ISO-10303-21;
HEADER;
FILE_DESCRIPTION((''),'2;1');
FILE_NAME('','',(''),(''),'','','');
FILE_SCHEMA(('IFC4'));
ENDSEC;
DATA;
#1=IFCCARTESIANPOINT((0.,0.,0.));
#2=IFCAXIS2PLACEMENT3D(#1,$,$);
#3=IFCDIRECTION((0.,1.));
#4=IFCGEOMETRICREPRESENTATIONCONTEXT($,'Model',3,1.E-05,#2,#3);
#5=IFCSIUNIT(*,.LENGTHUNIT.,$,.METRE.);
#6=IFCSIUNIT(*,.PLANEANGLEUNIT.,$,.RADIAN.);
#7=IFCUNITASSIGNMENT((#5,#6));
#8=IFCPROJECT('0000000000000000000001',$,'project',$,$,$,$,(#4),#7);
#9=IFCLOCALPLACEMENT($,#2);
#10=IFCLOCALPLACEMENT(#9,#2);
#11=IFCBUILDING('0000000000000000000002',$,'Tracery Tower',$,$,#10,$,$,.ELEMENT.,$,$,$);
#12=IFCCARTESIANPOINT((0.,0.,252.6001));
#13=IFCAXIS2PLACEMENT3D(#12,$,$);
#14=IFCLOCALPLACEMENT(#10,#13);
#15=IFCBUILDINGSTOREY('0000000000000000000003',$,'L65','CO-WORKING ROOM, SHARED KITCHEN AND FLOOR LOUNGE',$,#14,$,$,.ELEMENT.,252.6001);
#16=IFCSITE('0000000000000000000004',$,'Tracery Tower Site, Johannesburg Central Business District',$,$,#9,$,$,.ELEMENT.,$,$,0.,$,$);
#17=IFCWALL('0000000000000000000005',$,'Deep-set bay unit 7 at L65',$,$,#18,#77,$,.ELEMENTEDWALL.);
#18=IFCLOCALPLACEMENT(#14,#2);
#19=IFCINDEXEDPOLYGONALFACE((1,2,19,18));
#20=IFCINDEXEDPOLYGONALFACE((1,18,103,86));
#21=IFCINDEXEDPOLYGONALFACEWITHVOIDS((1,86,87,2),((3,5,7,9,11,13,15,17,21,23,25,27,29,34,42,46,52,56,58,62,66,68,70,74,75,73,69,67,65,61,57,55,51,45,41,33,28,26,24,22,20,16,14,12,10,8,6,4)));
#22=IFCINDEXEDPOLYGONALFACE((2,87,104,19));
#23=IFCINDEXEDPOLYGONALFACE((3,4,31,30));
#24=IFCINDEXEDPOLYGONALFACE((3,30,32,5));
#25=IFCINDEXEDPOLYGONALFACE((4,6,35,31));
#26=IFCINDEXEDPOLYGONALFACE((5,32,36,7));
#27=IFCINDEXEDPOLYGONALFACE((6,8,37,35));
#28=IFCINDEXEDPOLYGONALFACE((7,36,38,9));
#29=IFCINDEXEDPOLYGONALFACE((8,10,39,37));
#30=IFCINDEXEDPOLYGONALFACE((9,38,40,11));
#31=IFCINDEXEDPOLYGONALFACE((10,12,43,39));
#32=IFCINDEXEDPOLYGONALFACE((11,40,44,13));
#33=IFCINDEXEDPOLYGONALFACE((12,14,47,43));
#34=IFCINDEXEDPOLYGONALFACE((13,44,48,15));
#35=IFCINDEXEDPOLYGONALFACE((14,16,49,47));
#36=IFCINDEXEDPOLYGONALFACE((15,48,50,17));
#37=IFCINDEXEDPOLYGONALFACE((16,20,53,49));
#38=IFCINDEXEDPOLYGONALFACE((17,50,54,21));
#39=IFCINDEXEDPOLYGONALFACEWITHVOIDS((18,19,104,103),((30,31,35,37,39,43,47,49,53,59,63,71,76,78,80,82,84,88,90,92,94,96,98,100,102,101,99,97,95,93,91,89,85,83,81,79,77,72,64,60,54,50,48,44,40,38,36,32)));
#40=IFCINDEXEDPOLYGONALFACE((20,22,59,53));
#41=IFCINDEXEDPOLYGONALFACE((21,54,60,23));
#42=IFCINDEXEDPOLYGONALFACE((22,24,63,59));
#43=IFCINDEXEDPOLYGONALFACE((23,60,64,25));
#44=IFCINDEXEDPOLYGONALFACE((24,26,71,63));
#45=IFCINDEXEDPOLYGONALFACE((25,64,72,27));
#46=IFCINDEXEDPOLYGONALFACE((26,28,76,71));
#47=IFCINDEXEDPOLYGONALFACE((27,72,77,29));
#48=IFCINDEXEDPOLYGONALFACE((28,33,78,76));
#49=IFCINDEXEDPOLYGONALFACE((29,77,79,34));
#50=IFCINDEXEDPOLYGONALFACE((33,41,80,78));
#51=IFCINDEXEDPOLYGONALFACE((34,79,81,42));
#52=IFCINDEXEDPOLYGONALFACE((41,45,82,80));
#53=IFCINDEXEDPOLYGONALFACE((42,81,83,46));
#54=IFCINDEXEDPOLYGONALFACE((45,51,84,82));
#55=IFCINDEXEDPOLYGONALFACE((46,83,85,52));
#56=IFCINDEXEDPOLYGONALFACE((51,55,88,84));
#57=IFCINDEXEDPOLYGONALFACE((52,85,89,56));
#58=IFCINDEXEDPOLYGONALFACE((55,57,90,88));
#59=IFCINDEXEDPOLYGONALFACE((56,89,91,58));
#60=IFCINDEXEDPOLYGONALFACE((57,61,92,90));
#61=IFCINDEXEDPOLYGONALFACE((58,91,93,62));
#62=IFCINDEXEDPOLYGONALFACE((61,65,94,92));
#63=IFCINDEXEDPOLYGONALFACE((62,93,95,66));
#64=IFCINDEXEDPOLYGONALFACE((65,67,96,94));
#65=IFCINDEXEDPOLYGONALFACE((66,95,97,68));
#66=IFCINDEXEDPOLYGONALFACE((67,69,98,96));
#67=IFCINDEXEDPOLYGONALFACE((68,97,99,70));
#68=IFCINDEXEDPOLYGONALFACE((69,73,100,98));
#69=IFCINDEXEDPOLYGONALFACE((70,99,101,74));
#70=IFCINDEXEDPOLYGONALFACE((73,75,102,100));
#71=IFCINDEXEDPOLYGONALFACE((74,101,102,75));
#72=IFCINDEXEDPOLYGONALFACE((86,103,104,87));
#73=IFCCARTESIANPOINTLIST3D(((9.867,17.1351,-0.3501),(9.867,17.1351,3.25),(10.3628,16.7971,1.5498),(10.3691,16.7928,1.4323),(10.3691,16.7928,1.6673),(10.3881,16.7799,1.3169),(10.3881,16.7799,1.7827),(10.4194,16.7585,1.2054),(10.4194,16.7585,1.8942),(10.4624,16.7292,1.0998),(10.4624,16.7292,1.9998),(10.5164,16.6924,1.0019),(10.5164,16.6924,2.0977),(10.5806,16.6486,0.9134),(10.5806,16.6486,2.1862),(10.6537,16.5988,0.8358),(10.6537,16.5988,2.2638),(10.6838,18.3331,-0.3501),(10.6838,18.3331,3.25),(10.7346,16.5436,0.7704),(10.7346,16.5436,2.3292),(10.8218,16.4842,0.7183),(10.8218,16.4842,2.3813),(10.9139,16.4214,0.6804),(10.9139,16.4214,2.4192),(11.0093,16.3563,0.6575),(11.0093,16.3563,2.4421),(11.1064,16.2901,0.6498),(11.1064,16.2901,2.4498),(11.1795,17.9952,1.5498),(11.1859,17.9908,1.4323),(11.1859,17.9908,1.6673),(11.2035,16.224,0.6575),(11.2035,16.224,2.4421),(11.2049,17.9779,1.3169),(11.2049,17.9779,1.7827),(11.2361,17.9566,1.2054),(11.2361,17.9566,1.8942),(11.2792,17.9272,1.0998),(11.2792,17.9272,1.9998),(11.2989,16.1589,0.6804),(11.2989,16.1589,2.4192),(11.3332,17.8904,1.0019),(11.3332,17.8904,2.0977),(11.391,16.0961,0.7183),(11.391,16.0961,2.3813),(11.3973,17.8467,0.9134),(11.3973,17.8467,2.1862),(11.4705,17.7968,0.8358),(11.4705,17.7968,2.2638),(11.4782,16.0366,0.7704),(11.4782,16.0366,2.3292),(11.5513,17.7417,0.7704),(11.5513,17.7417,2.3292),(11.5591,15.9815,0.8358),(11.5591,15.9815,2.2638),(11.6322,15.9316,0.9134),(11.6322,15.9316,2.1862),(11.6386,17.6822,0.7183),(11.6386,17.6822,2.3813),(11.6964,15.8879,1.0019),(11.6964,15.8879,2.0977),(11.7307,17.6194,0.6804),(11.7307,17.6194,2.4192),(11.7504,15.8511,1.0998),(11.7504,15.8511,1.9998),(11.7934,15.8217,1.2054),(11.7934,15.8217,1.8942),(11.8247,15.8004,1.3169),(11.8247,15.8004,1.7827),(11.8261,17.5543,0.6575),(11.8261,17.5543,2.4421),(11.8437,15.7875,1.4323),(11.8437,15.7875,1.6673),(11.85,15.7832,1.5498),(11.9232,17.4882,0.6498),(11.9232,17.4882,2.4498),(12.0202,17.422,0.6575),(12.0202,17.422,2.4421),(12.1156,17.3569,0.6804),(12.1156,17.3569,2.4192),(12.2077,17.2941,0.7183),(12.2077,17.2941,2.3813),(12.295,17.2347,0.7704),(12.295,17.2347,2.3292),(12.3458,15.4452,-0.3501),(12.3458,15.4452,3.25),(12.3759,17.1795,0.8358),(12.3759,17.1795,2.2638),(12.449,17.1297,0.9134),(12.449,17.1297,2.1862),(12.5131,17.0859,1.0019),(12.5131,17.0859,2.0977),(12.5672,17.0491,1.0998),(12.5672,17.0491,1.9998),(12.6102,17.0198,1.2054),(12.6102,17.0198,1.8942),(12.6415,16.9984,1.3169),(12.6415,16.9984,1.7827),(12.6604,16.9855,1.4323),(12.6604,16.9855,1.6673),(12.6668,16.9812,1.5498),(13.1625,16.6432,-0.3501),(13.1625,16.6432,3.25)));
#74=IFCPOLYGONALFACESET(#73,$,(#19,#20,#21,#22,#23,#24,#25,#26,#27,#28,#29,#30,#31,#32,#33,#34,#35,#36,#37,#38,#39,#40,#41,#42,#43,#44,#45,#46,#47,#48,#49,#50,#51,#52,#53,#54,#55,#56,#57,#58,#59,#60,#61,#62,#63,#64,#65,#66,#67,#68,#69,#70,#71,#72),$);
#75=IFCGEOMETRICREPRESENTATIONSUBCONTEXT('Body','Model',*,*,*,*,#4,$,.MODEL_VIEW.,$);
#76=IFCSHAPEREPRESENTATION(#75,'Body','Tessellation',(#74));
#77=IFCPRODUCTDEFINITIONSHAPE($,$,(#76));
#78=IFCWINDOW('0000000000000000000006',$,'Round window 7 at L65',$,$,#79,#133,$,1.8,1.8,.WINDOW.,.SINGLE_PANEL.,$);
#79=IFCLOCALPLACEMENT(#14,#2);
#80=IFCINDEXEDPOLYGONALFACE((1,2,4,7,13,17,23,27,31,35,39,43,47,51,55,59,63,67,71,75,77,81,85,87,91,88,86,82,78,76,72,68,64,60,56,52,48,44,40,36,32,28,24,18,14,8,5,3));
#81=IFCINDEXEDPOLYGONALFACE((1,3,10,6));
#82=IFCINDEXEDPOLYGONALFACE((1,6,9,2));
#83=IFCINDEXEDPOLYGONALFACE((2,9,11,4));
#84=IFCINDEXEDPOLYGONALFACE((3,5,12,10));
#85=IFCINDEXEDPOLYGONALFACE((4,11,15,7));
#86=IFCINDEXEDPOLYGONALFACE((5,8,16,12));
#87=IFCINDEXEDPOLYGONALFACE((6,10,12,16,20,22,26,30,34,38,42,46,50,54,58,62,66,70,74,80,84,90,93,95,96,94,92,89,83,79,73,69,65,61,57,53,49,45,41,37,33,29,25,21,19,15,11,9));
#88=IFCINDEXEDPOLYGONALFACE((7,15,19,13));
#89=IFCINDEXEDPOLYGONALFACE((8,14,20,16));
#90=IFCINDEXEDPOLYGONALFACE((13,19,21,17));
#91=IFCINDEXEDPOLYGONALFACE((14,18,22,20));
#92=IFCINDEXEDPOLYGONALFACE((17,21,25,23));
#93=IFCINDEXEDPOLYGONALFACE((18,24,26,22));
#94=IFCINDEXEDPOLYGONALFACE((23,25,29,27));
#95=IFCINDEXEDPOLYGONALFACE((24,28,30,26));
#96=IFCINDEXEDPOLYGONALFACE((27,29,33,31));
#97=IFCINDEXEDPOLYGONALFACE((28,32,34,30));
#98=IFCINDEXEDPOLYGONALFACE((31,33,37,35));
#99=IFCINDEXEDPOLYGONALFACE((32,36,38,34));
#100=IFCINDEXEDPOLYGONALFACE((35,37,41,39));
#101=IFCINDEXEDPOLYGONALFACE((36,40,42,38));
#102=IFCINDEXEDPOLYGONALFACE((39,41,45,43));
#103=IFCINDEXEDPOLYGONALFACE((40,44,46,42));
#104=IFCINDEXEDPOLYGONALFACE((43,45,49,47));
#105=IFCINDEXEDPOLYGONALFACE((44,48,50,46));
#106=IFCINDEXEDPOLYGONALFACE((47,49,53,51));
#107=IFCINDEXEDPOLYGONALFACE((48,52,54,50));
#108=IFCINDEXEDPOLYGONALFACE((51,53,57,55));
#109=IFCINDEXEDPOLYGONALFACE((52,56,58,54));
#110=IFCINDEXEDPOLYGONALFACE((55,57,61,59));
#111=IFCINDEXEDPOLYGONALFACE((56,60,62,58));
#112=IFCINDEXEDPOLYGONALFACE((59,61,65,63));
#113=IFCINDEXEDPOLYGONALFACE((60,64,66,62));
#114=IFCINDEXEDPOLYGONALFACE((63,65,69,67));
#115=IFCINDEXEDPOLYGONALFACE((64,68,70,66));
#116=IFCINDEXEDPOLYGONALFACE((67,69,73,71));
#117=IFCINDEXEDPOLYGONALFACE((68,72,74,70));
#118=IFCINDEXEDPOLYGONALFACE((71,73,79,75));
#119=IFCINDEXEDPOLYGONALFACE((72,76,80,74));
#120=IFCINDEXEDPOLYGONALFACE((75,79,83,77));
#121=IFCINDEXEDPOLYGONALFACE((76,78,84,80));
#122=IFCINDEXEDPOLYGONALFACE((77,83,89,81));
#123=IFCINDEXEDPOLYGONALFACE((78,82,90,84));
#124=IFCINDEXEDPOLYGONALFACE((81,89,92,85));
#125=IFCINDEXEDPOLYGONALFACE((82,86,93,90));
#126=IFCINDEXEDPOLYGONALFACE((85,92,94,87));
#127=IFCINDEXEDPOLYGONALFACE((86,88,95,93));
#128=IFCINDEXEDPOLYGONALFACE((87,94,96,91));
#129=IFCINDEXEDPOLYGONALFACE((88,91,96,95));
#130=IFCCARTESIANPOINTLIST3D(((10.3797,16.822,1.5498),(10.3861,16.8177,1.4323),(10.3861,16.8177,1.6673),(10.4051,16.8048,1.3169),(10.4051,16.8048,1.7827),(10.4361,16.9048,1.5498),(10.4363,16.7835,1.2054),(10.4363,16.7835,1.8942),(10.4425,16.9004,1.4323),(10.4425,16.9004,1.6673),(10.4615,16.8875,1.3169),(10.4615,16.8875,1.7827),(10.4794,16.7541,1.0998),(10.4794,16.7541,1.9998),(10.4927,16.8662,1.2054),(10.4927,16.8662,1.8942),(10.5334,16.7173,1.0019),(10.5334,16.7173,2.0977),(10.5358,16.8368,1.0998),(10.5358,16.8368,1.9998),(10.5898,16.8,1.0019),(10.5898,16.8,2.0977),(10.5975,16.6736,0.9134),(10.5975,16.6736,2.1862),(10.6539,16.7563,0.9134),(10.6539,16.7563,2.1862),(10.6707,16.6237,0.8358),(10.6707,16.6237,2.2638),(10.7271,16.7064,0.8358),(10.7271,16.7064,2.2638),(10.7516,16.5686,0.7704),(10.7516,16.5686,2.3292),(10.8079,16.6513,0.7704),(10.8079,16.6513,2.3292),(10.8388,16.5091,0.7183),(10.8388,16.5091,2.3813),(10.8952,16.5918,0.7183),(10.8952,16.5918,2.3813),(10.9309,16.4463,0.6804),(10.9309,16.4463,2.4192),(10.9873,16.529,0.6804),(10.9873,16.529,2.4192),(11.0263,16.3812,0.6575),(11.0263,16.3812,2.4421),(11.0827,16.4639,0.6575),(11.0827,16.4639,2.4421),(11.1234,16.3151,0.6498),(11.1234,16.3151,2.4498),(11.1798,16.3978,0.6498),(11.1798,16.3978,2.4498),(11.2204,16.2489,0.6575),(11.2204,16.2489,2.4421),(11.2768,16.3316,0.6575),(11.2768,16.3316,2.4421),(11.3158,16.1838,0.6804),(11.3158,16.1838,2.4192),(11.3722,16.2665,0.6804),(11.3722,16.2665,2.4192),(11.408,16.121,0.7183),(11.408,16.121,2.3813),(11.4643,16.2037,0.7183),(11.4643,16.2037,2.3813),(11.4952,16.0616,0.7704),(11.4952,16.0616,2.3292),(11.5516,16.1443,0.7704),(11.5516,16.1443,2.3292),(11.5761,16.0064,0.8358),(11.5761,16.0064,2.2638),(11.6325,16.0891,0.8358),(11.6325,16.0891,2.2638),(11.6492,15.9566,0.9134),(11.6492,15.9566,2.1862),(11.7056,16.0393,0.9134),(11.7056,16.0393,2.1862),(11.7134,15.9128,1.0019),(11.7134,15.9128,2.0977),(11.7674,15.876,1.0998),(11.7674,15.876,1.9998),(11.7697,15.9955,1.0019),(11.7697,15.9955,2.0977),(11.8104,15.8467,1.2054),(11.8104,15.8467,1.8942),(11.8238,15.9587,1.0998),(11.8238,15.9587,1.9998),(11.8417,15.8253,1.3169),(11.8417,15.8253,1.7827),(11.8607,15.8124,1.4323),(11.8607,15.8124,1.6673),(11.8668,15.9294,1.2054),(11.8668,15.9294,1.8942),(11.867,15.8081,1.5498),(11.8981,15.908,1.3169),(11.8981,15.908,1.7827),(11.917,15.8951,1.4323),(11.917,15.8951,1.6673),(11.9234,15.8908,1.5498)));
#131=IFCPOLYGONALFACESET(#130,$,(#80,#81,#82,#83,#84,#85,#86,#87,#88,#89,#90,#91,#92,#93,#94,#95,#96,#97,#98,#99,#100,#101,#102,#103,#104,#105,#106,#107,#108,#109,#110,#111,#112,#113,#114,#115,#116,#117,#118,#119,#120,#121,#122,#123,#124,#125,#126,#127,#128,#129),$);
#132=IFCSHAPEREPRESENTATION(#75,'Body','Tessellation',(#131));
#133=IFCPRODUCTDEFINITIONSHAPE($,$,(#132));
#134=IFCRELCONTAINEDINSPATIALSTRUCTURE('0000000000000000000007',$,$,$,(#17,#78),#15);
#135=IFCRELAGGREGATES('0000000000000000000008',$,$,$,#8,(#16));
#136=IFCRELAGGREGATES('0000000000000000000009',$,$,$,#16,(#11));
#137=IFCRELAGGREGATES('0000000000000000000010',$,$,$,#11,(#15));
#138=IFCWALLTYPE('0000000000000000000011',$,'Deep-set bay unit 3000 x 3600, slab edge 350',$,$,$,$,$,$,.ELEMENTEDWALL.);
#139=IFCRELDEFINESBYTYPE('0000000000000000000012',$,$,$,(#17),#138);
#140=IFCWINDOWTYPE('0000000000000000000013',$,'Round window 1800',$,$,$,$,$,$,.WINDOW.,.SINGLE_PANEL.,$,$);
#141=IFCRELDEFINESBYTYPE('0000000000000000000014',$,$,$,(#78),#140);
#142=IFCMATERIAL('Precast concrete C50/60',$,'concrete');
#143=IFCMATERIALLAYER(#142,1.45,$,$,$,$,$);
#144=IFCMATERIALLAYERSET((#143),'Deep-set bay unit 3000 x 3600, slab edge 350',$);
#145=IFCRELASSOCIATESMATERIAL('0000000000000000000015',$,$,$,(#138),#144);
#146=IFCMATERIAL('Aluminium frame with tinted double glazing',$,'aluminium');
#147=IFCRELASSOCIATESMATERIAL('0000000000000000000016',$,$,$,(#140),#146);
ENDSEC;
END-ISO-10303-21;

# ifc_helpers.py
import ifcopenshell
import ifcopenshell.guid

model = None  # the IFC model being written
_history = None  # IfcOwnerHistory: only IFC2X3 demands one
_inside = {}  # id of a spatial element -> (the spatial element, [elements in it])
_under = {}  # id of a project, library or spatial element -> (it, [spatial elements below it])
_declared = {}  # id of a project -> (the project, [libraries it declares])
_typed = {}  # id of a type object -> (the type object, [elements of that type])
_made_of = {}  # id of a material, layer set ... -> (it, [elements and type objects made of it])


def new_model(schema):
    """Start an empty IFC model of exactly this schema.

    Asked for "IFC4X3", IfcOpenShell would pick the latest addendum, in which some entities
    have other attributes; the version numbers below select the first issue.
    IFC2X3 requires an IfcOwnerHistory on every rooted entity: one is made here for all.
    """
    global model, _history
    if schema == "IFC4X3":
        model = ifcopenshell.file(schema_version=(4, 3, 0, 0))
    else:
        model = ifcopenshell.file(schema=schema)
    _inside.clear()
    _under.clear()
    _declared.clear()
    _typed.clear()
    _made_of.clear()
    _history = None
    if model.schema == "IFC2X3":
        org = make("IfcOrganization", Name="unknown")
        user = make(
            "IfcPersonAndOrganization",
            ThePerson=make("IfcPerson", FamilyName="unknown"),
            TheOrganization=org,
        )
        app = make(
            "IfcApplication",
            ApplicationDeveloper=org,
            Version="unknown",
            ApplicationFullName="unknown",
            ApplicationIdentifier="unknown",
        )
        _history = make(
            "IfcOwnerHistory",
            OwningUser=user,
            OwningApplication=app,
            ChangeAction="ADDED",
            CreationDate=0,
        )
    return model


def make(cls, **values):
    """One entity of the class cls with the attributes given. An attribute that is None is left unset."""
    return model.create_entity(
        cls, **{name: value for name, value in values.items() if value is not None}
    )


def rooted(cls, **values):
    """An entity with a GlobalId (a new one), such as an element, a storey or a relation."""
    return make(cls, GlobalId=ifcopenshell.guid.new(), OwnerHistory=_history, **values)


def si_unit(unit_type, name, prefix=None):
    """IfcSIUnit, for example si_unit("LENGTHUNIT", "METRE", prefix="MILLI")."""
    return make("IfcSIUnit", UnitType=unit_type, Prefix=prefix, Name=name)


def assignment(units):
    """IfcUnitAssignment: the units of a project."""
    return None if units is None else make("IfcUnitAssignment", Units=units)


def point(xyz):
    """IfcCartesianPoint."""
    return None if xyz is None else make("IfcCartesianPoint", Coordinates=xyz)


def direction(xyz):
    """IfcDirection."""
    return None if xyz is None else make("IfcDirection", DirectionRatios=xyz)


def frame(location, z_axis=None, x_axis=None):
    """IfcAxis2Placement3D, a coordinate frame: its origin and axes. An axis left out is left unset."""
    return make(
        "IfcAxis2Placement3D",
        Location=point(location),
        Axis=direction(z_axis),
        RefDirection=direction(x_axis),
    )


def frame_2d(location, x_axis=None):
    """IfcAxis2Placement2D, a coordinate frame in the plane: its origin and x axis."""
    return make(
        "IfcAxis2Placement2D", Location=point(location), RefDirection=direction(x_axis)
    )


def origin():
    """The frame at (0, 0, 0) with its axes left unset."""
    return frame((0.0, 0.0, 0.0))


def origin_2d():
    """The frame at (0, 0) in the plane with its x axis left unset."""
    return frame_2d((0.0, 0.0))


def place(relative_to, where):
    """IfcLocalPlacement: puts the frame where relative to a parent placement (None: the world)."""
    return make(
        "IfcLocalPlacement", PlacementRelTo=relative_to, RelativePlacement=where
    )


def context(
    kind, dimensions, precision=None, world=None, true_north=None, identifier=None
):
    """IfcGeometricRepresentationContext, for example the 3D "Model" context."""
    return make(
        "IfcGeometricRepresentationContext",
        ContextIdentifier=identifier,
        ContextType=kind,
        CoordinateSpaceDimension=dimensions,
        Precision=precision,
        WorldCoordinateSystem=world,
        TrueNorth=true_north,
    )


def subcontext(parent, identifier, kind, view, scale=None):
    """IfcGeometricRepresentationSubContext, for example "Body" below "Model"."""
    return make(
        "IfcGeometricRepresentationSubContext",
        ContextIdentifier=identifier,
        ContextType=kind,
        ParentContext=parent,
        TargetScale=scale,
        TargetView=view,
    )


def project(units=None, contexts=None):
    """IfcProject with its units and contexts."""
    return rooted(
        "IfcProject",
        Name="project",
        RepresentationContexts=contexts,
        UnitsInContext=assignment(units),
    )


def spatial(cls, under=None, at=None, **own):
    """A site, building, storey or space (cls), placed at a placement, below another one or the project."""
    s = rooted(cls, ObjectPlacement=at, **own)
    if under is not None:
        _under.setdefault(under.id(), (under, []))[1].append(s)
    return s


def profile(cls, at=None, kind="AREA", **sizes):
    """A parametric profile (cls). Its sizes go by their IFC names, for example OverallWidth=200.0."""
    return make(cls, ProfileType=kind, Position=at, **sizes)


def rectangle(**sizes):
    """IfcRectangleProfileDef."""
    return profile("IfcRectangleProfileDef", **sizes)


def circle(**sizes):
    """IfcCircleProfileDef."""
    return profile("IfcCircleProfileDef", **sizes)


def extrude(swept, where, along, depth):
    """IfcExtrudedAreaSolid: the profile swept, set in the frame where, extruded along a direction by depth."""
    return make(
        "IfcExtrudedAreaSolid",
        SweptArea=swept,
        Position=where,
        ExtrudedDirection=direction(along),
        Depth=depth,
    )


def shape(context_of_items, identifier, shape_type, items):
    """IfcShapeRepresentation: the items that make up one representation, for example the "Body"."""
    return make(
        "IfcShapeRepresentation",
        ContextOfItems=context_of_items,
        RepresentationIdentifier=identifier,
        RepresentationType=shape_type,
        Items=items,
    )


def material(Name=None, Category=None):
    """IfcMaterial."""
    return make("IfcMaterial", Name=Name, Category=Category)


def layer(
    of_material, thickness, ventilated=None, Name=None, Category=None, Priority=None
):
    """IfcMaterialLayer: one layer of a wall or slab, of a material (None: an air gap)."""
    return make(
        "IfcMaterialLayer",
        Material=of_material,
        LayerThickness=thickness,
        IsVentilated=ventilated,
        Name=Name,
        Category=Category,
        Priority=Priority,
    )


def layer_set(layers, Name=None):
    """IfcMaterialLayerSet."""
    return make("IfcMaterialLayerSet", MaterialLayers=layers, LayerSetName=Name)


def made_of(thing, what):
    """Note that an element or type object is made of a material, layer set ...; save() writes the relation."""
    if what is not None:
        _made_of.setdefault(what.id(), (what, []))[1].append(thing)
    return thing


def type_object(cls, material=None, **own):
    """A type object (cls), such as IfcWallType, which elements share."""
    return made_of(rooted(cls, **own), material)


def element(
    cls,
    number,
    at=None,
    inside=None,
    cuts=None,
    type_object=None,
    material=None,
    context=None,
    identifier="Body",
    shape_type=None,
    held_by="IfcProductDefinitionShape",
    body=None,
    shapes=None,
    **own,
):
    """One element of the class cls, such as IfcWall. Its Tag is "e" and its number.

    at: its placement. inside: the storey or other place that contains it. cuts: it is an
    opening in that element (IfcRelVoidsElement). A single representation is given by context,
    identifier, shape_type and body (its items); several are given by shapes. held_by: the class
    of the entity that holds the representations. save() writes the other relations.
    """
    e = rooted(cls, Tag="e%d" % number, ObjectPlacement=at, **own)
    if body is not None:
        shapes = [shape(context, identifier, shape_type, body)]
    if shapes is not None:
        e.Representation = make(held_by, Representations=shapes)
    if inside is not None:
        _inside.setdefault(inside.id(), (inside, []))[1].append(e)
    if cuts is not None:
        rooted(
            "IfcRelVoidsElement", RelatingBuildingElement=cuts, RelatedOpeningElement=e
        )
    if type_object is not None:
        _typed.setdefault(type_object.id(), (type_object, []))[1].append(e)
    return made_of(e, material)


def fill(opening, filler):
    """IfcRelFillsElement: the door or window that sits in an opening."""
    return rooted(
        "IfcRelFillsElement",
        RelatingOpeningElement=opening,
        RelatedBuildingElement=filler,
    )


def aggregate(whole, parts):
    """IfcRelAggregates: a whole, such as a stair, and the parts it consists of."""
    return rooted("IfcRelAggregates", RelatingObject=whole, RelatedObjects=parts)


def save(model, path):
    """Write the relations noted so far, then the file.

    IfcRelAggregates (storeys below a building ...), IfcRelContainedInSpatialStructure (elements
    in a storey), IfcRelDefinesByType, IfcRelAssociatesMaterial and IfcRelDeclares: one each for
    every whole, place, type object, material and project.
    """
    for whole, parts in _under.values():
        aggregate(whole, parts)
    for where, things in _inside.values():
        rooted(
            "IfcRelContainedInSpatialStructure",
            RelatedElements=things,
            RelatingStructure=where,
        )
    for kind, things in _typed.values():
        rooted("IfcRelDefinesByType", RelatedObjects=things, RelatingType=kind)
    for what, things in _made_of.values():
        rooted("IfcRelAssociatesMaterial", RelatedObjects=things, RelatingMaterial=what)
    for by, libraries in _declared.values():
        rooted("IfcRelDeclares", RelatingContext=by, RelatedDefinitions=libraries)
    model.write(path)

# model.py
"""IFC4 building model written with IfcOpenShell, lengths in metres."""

from ifc_helpers import new_model, si_unit, direction, frame, frame_2d, origin, origin_2d, place, context, subcontext, project, spatial, rectangle, circle, extrude, material, layer, layer_set, type_object, element, fill, save


model = new_model("IFC4")

# Units and contexts
model_context = context("Model", 3, precision=1e-05, world=origin(), true_north=direction((0.0, 1.0)))
body_context = subcontext(model_context, "Body", "Model", "MODEL_VIEW")
ifc_project = project(units=[si_unit("LENGTHUNIT", "METRE"), si_unit("PLANEANGLEUNIT", "RADIAN")], contexts=[model_context])

# Site, building, storey
site_placement = place(None, origin())
site = spatial("IfcSite", under=ifc_project, at=site_placement, Name="Tracery Tower Site, Johannesburg Central Business District", CompositionType="ELEMENT", RefElevation=0.0)
building_placement = place(site_placement, origin())
building = spatial("IfcBuilding", under=site, at=building_placement, Name="Tracery Tower", CompositionType="ELEMENT")
storey_placement = place(building_placement, frame((0.0, 0.0, 252.6001)))
storey = spatial("IfcBuildingStorey", under=building, at=storey_placement, Name="L65", Description="CO-WORKING ROOM, SHARED KITCHEN AND FLOOR LOUNGE", CompositionType="ELEMENT", Elevation=252.6001)

# Wall, opening, window
ifc_material_1 = material(Name="Precast concrete C50/60", Category="concrete")
ifc_layer_1 = layer(ifc_material_1, 1.45)
ifc_layer_set_1 = layer_set([ifc_layer_1], Name="Deep-set bay unit 3000 x 3600, slab edge 350")
wall_type_1 = type_object("IfcWallType", Name="Deep-set bay unit 3000 x 3600, slab edge 350", PredefinedType="ELEMENTEDWALL", material=ifc_layer_set_1)
ifc_material_2 = material(Name="Aluminium frame with tinted double glazing", Category="aluminium")
window_type = type_object("IfcWindowType", Name="Round window 1800", PartitioningType="SINGLE_PANEL", PredefinedType="WINDOW", material=ifc_material_2)
wall_1_placement = place(storey_placement, frame((12.7542, 16.0442, -0.3501), z_axis=(0.0, 0.0, 1.0), x_axis=(-0.826246, 0.563309, 0.0)))
wall_1 = element("IfcWall", 1, at=wall_1_placement, inside=storey, type_object=wall_type_1, Name="Deep-set bay unit 7 at L65", PredefinedType="ELEMENTEDWALL", context=body_context, shape_type="SweptSolid", body=[
    extrude(rectangle(XDim=3.0, YDim=1.45, at=frame_2d((1.5, 0.0))), origin(), (0.0, 0.0, 1.0), 3.6001),
])
opening_1_placement = place(wall_1_placement, frame((1.5, 0.0, 1.8999)))
opening_1 = element("IfcOpeningElement", 2, at=opening_1_placement, cuts=wall_1, PredefinedType="OPENING", context=body_context, shape_type="SweptSolid", body=[
    extrude(circle(Radius=0.9, at=origin_2d()), frame((0.0, 0.7349, 0.0), z_axis=(0.0, -1.0, 0.0), x_axis=(1.0, 0.0, 0.0)), (0.0, 0.0, 1.0), 1.47),
])
window_1_placement = place(opening_1_placement, origin())
window_1 = element("IfcWindow", 3, at=window_1_placement, inside=storey, type_object=window_type, Name="Round window 7 at L65", OverallHeight=1.8, OverallWidth=1.8, PartitioningType="SINGLE_PANEL", PredefinedType="WINDOW", context=body_context, shape_type="SweptSolid", body=[
    extrude(circle(Radius=0.9, at=origin_2d()), frame((0.0, 0.6948, 0.0), z_axis=(0.0, -1.0, 0.0), x_axis=(1.0, 0.0, 0.0)), (0.0, 0.0, 1.0), 0.1001),
])
fill(opening_1, window_1)

save(model, "model.ifc")
